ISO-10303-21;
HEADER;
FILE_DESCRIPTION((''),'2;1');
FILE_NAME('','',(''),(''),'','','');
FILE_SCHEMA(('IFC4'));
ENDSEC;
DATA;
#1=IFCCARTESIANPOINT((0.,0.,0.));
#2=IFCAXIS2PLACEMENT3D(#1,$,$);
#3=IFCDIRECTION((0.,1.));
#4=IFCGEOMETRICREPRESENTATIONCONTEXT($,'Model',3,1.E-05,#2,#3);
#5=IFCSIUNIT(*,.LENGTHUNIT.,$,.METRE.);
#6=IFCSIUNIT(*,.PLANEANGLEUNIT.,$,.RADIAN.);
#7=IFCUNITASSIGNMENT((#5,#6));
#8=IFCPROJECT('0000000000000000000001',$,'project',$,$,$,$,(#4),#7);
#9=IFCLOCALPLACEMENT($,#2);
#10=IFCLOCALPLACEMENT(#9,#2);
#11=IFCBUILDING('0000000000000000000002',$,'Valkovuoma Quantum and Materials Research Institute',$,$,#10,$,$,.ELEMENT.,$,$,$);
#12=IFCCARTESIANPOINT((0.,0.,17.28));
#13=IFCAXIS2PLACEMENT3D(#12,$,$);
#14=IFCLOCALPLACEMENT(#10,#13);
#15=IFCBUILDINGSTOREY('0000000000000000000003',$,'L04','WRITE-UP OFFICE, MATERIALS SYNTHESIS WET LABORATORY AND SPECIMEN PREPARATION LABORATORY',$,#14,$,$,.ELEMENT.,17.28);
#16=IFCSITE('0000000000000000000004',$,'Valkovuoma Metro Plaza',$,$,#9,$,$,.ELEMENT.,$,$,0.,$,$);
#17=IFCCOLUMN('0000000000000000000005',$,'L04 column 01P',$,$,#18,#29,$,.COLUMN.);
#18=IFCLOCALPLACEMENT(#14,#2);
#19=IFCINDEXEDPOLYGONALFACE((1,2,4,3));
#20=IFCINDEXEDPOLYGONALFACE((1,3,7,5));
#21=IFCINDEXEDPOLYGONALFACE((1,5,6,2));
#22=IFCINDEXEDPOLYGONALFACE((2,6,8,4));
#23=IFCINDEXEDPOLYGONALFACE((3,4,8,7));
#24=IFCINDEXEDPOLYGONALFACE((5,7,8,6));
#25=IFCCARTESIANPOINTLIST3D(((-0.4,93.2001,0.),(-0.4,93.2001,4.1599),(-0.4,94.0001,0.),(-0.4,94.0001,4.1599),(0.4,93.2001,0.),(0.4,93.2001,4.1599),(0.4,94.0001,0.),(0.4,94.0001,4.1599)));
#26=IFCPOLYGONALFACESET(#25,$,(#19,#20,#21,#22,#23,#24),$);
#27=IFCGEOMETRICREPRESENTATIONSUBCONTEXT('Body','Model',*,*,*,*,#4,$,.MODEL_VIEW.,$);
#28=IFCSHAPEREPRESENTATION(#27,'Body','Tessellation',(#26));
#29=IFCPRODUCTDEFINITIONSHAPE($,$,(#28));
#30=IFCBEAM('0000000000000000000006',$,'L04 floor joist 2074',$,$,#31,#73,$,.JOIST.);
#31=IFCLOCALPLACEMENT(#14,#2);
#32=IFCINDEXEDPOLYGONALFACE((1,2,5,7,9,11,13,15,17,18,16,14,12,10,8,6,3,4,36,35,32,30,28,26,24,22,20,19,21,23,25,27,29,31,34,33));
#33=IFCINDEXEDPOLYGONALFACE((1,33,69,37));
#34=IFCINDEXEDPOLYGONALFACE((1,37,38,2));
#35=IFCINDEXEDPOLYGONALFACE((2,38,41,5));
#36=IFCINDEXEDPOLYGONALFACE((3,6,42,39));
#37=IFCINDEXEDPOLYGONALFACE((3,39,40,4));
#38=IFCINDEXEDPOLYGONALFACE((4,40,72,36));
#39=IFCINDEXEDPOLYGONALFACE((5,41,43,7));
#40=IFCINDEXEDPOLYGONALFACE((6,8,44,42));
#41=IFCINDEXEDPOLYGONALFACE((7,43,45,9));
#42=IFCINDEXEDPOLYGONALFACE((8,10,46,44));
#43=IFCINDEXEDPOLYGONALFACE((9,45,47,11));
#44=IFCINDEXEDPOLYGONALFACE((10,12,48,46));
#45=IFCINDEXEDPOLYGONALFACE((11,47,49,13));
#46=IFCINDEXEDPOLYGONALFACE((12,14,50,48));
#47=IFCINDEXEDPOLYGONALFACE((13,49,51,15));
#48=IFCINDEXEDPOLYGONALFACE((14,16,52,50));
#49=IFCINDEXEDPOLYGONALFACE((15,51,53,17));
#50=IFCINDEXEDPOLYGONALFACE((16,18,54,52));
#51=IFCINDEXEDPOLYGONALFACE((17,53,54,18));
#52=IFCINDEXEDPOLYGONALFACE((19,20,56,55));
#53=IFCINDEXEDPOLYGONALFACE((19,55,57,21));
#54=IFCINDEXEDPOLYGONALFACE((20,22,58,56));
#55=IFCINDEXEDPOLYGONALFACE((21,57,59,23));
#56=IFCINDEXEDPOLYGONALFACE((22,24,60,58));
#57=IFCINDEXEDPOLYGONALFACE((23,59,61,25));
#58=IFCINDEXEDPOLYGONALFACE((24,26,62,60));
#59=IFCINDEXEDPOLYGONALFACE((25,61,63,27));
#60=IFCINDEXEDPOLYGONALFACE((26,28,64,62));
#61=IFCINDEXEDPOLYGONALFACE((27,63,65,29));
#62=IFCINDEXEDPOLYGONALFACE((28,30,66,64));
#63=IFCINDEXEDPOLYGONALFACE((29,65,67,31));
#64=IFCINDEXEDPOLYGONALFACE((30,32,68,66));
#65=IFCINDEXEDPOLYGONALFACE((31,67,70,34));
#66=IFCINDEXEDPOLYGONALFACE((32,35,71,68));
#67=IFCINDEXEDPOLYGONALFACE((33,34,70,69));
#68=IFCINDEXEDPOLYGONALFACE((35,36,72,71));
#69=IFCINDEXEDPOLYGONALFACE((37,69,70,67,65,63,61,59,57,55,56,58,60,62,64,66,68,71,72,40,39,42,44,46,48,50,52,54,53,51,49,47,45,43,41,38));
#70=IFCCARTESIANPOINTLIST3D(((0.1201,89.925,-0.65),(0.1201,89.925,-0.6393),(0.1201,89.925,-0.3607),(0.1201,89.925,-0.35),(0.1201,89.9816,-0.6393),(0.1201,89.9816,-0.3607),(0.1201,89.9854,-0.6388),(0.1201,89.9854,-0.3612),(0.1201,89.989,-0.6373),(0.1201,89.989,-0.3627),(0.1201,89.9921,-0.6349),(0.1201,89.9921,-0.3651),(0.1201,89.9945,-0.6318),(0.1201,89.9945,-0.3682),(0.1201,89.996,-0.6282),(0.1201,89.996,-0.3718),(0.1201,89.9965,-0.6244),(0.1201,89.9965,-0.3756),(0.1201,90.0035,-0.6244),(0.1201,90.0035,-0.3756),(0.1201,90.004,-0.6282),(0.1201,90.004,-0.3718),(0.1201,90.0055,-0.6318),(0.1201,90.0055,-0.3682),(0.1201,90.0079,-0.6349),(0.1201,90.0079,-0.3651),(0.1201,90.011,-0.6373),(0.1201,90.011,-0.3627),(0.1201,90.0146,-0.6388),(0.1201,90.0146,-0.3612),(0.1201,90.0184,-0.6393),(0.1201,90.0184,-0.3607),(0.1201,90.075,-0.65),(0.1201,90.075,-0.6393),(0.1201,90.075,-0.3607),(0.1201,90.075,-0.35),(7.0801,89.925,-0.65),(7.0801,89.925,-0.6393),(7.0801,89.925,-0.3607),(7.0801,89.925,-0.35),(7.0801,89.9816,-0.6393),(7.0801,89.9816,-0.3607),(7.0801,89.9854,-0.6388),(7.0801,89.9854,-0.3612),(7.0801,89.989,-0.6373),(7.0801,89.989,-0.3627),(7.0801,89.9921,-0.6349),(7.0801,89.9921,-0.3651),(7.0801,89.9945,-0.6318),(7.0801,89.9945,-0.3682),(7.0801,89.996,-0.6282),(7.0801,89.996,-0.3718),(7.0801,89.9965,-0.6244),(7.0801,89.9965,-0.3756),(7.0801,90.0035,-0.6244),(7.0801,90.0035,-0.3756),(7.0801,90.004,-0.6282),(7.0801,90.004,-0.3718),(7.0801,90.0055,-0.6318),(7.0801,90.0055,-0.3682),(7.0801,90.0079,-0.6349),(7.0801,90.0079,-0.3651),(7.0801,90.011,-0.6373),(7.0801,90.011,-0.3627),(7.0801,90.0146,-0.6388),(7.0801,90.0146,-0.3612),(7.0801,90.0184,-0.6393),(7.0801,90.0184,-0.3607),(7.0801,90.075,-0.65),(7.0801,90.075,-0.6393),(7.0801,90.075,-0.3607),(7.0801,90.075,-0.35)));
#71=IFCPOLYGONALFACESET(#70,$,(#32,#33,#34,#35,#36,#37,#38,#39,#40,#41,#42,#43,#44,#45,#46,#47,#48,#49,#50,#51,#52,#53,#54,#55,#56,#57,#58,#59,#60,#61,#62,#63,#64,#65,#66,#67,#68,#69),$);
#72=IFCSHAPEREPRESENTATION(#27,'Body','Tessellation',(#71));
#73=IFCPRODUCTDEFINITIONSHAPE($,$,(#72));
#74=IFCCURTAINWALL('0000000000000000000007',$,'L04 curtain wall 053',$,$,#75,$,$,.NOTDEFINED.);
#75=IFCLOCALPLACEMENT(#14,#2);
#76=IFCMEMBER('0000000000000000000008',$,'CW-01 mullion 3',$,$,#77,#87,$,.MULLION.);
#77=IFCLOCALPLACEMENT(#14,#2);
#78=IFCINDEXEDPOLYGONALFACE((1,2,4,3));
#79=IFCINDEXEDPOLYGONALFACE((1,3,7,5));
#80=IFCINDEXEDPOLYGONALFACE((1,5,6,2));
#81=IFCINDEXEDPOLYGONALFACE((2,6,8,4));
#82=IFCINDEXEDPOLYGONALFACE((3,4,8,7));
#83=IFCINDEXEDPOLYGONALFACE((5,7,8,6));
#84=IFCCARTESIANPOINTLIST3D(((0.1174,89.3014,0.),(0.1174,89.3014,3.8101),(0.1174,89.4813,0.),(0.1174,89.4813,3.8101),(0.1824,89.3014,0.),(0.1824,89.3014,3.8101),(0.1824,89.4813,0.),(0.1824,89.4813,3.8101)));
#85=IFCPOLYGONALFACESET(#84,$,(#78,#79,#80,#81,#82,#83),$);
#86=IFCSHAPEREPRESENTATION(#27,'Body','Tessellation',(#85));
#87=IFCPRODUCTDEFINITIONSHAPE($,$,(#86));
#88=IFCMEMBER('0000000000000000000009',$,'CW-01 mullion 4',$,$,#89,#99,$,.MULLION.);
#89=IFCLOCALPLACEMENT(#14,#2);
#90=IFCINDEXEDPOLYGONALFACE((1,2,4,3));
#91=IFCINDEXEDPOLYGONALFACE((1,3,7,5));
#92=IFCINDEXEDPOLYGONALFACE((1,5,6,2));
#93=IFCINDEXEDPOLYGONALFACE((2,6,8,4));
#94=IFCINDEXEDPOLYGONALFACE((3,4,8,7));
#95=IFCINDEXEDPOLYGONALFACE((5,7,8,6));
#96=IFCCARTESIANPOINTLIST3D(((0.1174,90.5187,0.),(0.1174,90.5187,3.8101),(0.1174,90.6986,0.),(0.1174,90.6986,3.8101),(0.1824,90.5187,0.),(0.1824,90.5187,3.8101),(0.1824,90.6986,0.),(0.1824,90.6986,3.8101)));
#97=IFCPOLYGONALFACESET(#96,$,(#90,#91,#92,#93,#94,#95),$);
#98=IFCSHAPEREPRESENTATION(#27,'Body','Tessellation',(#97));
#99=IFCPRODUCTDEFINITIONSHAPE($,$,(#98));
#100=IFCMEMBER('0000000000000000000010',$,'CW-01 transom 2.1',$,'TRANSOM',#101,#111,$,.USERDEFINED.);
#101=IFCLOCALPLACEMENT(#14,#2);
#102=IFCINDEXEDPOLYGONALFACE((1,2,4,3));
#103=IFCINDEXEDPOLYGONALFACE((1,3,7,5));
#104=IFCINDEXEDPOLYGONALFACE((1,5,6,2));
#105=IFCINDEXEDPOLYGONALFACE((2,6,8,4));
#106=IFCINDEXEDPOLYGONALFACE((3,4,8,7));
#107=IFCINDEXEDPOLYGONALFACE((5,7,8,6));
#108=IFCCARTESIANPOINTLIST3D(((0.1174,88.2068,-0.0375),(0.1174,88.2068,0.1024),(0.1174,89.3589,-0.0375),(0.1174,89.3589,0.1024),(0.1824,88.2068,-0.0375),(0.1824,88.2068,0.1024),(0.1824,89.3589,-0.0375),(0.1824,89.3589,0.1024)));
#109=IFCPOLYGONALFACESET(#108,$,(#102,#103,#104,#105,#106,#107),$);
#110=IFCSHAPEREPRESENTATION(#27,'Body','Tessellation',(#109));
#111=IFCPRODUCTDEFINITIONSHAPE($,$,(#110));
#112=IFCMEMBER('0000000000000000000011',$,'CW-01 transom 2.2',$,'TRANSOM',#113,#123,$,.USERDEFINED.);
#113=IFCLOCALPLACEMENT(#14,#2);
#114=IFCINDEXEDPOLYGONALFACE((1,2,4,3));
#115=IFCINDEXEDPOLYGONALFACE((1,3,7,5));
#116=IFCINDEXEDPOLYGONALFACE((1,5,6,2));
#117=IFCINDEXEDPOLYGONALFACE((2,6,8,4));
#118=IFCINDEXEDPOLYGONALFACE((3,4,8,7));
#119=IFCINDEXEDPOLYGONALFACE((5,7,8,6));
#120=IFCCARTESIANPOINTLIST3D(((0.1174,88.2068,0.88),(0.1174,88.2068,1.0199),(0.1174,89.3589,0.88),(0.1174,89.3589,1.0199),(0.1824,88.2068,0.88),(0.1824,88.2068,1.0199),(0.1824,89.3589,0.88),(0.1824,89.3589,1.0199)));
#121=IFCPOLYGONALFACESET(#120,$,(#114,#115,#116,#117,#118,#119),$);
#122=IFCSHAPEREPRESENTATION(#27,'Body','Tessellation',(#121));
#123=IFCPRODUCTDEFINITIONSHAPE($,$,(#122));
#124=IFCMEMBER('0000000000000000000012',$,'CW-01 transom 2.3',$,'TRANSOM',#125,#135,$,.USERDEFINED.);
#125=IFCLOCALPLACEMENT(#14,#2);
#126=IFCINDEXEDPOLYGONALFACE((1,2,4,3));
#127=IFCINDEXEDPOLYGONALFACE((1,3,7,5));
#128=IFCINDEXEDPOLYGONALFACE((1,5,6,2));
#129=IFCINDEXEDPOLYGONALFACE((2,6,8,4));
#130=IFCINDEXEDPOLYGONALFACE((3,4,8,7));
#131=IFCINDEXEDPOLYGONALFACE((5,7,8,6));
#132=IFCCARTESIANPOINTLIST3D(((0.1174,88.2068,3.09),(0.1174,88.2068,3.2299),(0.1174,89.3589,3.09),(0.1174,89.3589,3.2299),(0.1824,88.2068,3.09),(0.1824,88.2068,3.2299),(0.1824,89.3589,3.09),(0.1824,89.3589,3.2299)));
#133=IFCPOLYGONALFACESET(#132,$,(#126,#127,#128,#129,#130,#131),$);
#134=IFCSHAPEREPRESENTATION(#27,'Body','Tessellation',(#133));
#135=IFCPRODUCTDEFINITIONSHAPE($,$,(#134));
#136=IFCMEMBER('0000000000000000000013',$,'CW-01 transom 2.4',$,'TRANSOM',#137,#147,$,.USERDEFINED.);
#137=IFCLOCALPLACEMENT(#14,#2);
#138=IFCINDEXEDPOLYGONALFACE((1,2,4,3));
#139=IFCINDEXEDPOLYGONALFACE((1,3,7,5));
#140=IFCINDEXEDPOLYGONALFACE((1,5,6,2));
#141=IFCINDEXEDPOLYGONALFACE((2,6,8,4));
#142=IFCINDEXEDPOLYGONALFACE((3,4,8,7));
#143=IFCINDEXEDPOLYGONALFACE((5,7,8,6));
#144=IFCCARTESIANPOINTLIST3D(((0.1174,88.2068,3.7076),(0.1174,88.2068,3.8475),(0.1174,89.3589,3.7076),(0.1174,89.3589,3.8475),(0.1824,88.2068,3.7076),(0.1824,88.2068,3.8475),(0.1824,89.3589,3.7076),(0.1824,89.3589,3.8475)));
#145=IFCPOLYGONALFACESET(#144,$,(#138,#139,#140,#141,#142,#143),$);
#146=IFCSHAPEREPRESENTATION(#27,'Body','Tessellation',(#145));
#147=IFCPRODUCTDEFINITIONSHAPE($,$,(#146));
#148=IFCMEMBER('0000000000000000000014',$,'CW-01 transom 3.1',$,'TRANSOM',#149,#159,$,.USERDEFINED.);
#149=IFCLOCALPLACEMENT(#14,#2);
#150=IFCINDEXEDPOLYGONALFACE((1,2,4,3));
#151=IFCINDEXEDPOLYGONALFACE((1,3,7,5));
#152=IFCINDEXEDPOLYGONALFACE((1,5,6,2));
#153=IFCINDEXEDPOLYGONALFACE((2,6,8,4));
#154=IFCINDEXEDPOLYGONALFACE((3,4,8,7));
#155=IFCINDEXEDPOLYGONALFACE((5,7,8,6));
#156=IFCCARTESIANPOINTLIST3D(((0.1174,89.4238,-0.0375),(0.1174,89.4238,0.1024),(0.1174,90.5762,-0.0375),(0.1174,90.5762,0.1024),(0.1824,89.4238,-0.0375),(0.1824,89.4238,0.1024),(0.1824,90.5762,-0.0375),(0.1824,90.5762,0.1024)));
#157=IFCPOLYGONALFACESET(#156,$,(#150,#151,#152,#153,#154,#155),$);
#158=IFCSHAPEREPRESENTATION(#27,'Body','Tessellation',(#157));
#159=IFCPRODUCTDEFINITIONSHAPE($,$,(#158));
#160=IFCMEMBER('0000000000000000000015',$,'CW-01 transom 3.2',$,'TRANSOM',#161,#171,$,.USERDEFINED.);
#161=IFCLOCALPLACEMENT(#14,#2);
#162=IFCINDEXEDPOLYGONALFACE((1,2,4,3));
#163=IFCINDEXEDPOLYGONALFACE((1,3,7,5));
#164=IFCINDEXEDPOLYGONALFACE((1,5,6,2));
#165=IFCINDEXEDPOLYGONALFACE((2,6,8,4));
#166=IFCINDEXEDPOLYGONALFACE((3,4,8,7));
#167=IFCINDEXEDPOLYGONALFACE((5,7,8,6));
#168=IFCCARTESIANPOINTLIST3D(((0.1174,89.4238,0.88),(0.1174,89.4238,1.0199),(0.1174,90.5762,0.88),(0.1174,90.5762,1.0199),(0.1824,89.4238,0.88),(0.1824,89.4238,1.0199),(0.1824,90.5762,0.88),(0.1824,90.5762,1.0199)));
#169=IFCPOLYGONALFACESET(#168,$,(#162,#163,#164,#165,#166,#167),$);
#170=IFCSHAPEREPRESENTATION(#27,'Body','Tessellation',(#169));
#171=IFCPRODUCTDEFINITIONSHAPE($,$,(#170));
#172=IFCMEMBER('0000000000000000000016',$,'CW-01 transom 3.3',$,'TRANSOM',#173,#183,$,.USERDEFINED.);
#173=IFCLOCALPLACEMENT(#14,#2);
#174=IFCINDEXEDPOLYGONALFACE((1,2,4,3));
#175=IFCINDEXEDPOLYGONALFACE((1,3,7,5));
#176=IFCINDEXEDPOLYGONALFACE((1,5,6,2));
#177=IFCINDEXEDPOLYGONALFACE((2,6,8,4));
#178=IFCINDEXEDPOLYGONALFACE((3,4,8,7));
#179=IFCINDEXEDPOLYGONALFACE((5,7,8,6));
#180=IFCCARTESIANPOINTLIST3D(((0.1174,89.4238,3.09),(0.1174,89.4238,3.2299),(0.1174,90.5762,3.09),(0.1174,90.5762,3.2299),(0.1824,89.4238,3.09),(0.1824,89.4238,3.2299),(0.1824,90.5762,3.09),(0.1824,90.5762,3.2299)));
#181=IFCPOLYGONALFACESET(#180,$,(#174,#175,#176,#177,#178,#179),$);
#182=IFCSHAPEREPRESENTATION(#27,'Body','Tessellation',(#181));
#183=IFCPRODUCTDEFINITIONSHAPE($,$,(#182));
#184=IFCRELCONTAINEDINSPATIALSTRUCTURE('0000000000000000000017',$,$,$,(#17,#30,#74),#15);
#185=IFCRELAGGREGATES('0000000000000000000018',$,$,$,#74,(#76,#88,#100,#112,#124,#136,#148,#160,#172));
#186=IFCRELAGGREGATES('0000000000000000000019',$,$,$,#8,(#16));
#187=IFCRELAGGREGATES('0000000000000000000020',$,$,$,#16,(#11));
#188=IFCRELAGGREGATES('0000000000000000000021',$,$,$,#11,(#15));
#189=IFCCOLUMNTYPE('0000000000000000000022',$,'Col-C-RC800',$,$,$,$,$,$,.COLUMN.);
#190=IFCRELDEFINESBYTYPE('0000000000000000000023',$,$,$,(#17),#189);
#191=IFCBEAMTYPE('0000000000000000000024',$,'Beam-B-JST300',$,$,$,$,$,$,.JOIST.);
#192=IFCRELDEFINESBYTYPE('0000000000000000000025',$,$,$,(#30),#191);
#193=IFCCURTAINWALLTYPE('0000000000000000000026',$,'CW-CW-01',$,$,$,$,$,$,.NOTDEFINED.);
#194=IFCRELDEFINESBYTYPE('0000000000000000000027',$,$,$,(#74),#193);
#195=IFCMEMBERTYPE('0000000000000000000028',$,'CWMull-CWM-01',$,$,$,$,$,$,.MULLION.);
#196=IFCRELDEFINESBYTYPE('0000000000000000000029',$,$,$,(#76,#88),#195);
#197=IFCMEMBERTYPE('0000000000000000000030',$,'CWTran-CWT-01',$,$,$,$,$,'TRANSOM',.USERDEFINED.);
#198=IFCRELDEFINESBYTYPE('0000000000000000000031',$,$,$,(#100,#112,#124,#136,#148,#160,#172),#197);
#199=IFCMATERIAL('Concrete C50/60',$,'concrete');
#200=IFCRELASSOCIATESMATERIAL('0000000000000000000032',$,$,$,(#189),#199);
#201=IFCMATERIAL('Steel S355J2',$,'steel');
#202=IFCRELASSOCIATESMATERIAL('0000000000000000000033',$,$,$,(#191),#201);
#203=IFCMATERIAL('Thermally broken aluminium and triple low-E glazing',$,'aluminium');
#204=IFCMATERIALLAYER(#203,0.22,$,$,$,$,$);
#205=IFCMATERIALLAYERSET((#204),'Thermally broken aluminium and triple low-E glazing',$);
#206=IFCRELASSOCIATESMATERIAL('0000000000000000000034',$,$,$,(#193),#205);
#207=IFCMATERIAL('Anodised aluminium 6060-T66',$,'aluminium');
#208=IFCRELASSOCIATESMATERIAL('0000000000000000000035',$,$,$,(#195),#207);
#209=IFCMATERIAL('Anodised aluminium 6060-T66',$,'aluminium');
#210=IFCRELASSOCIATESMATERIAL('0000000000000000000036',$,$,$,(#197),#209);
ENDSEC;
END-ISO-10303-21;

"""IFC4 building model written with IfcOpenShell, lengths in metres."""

from ifc_helpers import new_model, si_unit, direction, frame, origin, origin_2d, place, context, subcontext, project, spatial, rectangle, i_section, extrude, material, layer, layer_set, material_profile, profile_set, type_object, element, aggregate, save


model = new_model("IFC4")

# Units and contexts
model_context = context("Model", 3, precision=1e-05, world=origin(), true_north=direction((0.0, 1.0)))
body_context = subcontext(model_context, "Body", "Model", "MODEL_VIEW")
ifc_project = project(units=[si_unit("LENGTHUNIT", "METRE"), si_unit("PLANEANGLEUNIT", "RADIAN")], contexts=[model_context])

# Site, building, storey
site_placement = place(None, origin())
site = spatial("IfcSite", under=ifc_project, at=site_placement, Name="Valkovuoma Metro Plaza", CompositionType="ELEMENT", RefElevation=0.0)
building_placement = place(site_placement, origin())
building = spatial("IfcBuilding", under=site, at=building_placement, Name="Valkovuoma Quantum and Materials Research Institute", CompositionType="ELEMENT")
storey_placement = place(building_placement, frame((0.0, 0.0, 17.28)))
storey = spatial("IfcBuildingStorey", under=building, at=storey_placement, Name="L04", Description="WRITE-UP OFFICE, MATERIALS SYNTHESIS WET LABORATORY AND SPECIMEN PREPARATION LABORATORY", CompositionType="ELEMENT", Elevation=17.28)

# Column
ifc_material_1 = material(Name="Concrete C50/60", Category="concrete")
ifc_material_profile_1 = material_profile(ifc_material_1, rectangle(XDim=0.8, YDim=0.8, at=origin_2d()), Name="Concrete C50/60")
ifc_profile_set_1 = profile_set([ifc_material_profile_1], Name="Concrete C50/60")
column_type = type_object("IfcColumnType", Name="Col-C-RC800", PredefinedType="COLUMN", material=ifc_profile_set_1)
column_placement = place(storey_placement, frame((0.0, 93.6001, 0.0), z_axis=(0.0, 0.0, 1.0), x_axis=(1.0, 0.0, 0.0)))
element("IfcColumn", 1, at=column_placement, inside=storey, type_object=column_type, Name="L04 column 01P", PredefinedType="COLUMN", context=body_context, shape_type="SweptSolid", body=[
    extrude(rectangle(XDim=0.8, YDim=0.8, at=origin_2d()), origin(), (0.0, 0.0, 1.0), 4.1599),
])

# Beam
ifc_material_2 = material(Name="Steel S355J2", Category="steel")
ifc_material_profile_2 = material_profile(ifc_material_2, i_section(OverallWidth=0.1499, OverallDepth=0.3, WebThickness=0.0071, FlangeThickness=0.0107, FilletRadius=0.0149, at=origin_2d()), Name="Steel S355J2")
ifc_profile_set_2 = profile_set([ifc_material_profile_2], Name="Steel S355J2")
beam_type = type_object("IfcBeamType", Name="Beam-B-JST300", PredefinedType="JOIST", material=ifc_profile_set_2)
beam_placement = place(storey_placement, frame((0.1201, 90.0, -0.5), z_axis=(1.0, 0.0, 0.0), x_axis=(0.0, 1.0, 0.0)))
element("IfcBeam", 2, at=beam_placement, inside=storey, type_object=beam_type, Name="L04 floor joist 2074", PredefinedType="JOIST", context=body_context, shape_type="SweptSolid", body=[
    extrude(i_section(OverallWidth=0.1499, OverallDepth=0.3, WebThickness=0.0071, FlangeThickness=0.0107, FilletRadius=0.0149, at=origin_2d()), origin(), (0.0, 0.0, 1.0), 6.96),
])

# Curtain wall, members
ifc_material_3 = material(Name="Thermally broken aluminium and triple low-E glazing", Category="aluminium")
ifc_layer_1 = layer(ifc_material_3, 0.22)
ifc_layer_set_1 = layer_set([ifc_layer_1], Name="Thermally broken aluminium and triple low-E glazing")
curtain_wall_type = type_object("IfcCurtainWallType", Name="CW-CW-01", PredefinedType="NOTDEFINED", material=ifc_layer_set_1)
curtain_wall_placement = place(storey_placement, origin())
curtain_wall = element("IfcCurtainWall", 3, at=curtain_wall_placement, inside=storey, type_object=curtain_wall_type, Name="L04 curtain wall 053", PredefinedType="NOTDEFINED")
ifc_material_4 = material(Name="Anodised aluminium 6060-T66", Category="aluminium")
ifc_material_profile_3 = material_profile(ifc_material_4, rectangle(XDim=0.0649, YDim=0.1799, at=origin_2d()), Name="Anodised aluminium 6060-T66")
ifc_profile_set_3 = profile_set([ifc_material_profile_3], Name="Anodised aluminium 6060-T66")
member_type_1 = type_object("IfcMemberType", Name="CWMull-CWM-01", PredefinedType="MULLION", material=ifc_profile_set_3)
member_1_placement = place(storey_placement, frame((0.1499, 89.3914, 0.0), z_axis=(0.0, 0.0, 1.0), x_axis=(-1.0, 0.0, 0.0)))
member_1 = element("IfcMember", 4, at=member_1_placement, type_object=member_type_1, Name="CW-01 mullion 3", PredefinedType="MULLION", context=body_context, shape_type="SweptSolid", body=[
    extrude(rectangle(XDim=0.0649, YDim=0.1799, at=origin_2d()), origin(), (0.0, 0.0, 1.0), 3.8101),
])
member_2_placement = place(storey_placement, frame((0.1499, 90.6086, 0.0), z_axis=(0.0, 0.0, 1.0), x_axis=(-1.0, 0.0, 0.0)))
member_2 = element("IfcMember", 5, at=member_2_placement, type_object=member_type_1, Name="CW-01 mullion 4", PredefinedType="MULLION", context=body_context, shape_type="SweptSolid", body=[
    extrude(rectangle(XDim=0.0649, YDim=0.1799, at=origin_2d()), origin(), (0.0, 0.0, 1.0), 3.8101),
])
ifc_material_5 = material(Name="Anodised aluminium 6060-T66", Category="aluminium")
ifc_material_profile_4 = material_profile(ifc_material_5, rectangle(XDim=0.0649, YDim=0.1399, at=origin_2d()), Name="Anodised aluminium 6060-T66")
ifc_profile_set_4 = profile_set([ifc_material_profile_4], Name="Anodised aluminium 6060-T66")
member_type_2 = type_object("IfcMemberType", Name="CWTran-CWT-01", ElementType="TRANSOM", PredefinedType="USERDEFINED", material=ifc_profile_set_4)
member_3_placement = place(storey_placement, frame((0.1499, 88.2068, 0.0325), z_axis=(0.0, 1.0, 0.0), x_axis=(-1.0, 0.0, 0.0)))
member_3 = element("IfcMember", 6, at=member_3_placement, type_object=member_type_2, Name="CW-01 transom 2.1", ObjectType="TRANSOM", PredefinedType="USERDEFINED", context=body_context, shape_type="SweptSolid", body=[
    extrude(rectangle(XDim=0.0649, YDim=0.1399, at=origin_2d()), origin(), (0.0, 0.0, 1.0), 1.1521),
])
member_4_placement = place(storey_placement, frame((0.1499, 88.2068, 0.95), z_axis=(0.0, 1.0, 0.0), x_axis=(-1.0, 0.0, 0.0)))
member_4 = element("IfcMember", 7, at=member_4_placement, type_object=member_type_2, Name="CW-01 transom 2.2", ObjectType="TRANSOM", PredefinedType="USERDEFINED", context=body_context, shape_type="SweptSolid", body=[
    extrude(rectangle(XDim=0.0649, YDim=0.1399, at=origin_2d()), origin(), (0.0, 0.0, 1.0), 1.1521),
])
member_5_placement = place(storey_placement, frame((0.1499, 88.2068, 3.1599), z_axis=(0.0, 1.0, 0.0), x_axis=(-1.0, 0.0, 0.0)))
member_5 = element("IfcMember", 8, at=member_5_placement, type_object=member_type_2, Name="CW-01 transom 2.3", ObjectType="TRANSOM", PredefinedType="USERDEFINED", context=body_context, shape_type="SweptSolid", body=[
    extrude(rectangle(XDim=0.0649, YDim=0.1399, at=origin_2d()), origin(), (0.0, 0.0, 1.0), 1.1521),
])
member_6_placement = place(storey_placement, frame((0.1499, 88.2068, 3.7776), z_axis=(0.0, 1.0, 0.0), x_axis=(-1.0, 0.0, 0.0)))
member_6 = element("IfcMember", 9, at=member_6_placement, type_object=member_type_2, Name="CW-01 transom 2.4", ObjectType="TRANSOM", PredefinedType="USERDEFINED", context=body_context, shape_type="SweptSolid", body=[
    extrude(rectangle(XDim=0.0649, YDim=0.1399, at=origin_2d()), origin(), (0.0, 0.0, 1.0), 1.1521),
])
member_7_placement = place(storey_placement, frame((0.1499, 89.4238, 0.0325), z_axis=(0.0, 1.0, 0.0), x_axis=(-1.0, 0.0, 0.0)))
member_7 = element("IfcMember", 10, at=member_7_placement, type_object=member_type_2, Name="CW-01 transom 3.1", ObjectType="TRANSOM", PredefinedType="USERDEFINED", context=body_context, shape_type="SweptSolid", body=[
    extrude(rectangle(XDim=0.0649, YDim=0.1399, at=origin_2d()), origin(), (0.0, 0.0, 1.0), 1.1523),
])
member_8_placement = place(storey_placement, frame((0.1499, 89.4238, 0.95), z_axis=(0.0, 1.0, 0.0), x_axis=(-1.0, 0.0, 0.0)))
member_8 = element("IfcMember", 11, at=member_8_placement, type_object=member_type_2, Name="CW-01 transom 3.2", ObjectType="TRANSOM", PredefinedType="USERDEFINED", context=body_context, shape_type="SweptSolid", body=[
    extrude(rectangle(XDim=0.0649, YDim=0.1399, at=origin_2d()), origin(), (0.0, 0.0, 1.0), 1.1523),
])
member_9_placement = place(storey_placement, frame((0.1499, 89.4238, 3.1599), z_axis=(0.0, 1.0, 0.0), x_axis=(-1.0, 0.0, 0.0)))
member_9 = element("IfcMember", 12, at=member_9_placement, type_object=member_type_2, Name="CW-01 transom 3.3", ObjectType="TRANSOM", PredefinedType="USERDEFINED", context=body_context, shape_type="SweptSolid", body=[
    extrude(rectangle(XDim=0.0649, YDim=0.1399, at=origin_2d()), origin(), (0.0, 0.0, 1.0), 1.1523),
])
aggregate(curtain_wall, [member_1, member_2, member_3, member_4, member_5, member_6, member_7, member_8, member_9])

save(model, "model.ifc")
